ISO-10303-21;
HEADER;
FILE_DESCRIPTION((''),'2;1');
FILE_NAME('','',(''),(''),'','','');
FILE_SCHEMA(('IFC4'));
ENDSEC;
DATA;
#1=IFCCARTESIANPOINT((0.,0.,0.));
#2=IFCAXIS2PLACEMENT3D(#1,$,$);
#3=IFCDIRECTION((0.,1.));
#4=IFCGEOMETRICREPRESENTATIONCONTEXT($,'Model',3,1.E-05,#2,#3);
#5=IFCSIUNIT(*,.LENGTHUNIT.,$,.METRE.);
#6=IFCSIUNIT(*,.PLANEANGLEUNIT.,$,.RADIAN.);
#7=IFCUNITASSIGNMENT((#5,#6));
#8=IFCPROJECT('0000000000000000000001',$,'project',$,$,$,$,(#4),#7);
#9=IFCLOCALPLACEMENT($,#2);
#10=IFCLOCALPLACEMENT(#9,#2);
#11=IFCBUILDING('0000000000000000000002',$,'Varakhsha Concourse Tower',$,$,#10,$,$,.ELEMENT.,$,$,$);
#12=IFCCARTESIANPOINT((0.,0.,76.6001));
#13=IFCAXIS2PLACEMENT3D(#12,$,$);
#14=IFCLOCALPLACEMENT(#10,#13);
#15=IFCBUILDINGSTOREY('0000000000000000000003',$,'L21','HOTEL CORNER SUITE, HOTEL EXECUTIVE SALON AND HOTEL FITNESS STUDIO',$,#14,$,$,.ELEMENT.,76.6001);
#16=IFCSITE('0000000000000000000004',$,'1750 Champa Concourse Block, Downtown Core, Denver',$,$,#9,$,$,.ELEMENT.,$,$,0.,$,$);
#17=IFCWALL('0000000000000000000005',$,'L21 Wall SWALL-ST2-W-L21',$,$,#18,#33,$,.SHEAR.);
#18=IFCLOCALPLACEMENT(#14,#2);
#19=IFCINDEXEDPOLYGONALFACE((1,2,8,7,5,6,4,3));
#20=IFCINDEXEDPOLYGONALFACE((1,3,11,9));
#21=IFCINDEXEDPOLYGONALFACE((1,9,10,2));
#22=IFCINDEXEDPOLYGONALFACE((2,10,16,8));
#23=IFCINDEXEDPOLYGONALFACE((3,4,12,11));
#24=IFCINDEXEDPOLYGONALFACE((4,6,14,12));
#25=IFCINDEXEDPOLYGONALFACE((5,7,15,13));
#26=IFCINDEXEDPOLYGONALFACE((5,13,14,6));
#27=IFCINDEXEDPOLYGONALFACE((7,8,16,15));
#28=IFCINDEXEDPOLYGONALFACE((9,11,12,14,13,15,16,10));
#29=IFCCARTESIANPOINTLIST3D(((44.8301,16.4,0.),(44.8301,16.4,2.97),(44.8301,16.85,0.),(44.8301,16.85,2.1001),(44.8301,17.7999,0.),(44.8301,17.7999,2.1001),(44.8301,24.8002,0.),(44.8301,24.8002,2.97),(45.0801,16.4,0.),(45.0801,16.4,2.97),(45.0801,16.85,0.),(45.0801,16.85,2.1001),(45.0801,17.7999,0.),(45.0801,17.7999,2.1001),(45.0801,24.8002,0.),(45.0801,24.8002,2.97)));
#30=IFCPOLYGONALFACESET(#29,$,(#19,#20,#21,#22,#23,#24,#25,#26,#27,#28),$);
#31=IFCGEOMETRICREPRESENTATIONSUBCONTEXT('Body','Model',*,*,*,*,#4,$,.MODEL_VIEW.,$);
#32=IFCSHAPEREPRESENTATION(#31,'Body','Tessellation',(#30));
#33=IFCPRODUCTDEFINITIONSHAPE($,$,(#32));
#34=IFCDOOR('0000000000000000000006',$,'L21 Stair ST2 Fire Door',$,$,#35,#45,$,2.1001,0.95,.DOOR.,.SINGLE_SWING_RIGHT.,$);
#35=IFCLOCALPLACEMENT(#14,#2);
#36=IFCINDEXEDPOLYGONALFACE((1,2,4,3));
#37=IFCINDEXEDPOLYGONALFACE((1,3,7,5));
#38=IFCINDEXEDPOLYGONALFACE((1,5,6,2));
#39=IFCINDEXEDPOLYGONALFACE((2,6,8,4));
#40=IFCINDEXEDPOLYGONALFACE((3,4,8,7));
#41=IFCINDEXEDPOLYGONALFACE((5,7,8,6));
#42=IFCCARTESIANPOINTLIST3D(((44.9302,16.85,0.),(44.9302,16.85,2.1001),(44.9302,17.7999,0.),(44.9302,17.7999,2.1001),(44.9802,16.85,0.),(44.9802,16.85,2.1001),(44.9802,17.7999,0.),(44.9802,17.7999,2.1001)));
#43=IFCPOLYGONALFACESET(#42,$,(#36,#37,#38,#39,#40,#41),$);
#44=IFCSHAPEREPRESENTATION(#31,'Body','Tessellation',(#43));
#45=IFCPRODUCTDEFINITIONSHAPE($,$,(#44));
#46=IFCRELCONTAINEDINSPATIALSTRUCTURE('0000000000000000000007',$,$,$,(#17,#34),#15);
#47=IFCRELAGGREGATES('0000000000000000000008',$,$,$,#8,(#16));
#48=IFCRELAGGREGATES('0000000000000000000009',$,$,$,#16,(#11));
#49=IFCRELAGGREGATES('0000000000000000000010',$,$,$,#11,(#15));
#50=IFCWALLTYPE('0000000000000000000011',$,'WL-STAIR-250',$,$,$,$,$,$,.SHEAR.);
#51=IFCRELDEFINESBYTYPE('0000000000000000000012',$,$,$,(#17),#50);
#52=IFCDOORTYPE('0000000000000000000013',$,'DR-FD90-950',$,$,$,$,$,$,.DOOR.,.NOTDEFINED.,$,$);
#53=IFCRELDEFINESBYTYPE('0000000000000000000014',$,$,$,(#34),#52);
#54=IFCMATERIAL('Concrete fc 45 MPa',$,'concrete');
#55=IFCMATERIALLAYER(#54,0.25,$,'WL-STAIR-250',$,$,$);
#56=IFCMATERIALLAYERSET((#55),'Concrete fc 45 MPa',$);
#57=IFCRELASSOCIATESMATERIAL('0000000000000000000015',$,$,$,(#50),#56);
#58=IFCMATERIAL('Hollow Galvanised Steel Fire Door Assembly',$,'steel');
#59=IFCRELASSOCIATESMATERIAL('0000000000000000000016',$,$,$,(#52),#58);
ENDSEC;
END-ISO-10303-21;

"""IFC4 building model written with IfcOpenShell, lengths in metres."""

from ifc_helpers import new_model, si_unit, direction, frame, frame_2d, origin, place, context, subcontext, project, spatial, rectangle, extrude, material, layer, layer_set, type_object, element, fill, save


model = new_model("IFC4")

# Units and contexts
model_context = context("Model", 3, precision=1e-05, world=origin(), true_north=direction((0.0, 1.0)))
body_context = subcontext(model_context, "Body", "Model", "MODEL_VIEW")
ifc_project = project(units=[si_unit("LENGTHUNIT", "METRE"), si_unit("PLANEANGLEUNIT", "RADIAN")], contexts=[model_context])

# Site, building, storey
site_placement = place(None, origin())
site = spatial("IfcSite", under=ifc_project, at=site_placement, Name="1750 Champa Concourse Block, Downtown Core, Denver", CompositionType="ELEMENT", RefElevation=0.0)
building_placement = place(site_placement, origin())
building = spatial("IfcBuilding", under=site, at=building_placement, Name="Varakhsha Concourse Tower", CompositionType="ELEMENT")
storey_placement = place(building_placement, frame((0.0, 0.0, 76.6001)))
storey = spatial("IfcBuildingStorey", under=building, at=storey_placement, Name="L21", Description="HOTEL CORNER SUITE, HOTEL EXECUTIVE SALON AND HOTEL FITNESS STUDIO", CompositionType="ELEMENT", Elevation=76.6001)

# Shared definitions
ifc_material_1 = material(Name="Hollow Galvanised Steel Fire Door Assembly", Category="steel")

# Wall, opening, door
ifc_material_2 = material(Name="Concrete fc 45 MPa", Category="concrete")
ifc_layer_1 = layer(ifc_material_2, 0.25, Name="WL-STAIR-250")
ifc_layer_set_1 = layer_set([ifc_layer_1], Name="Concrete fc 45 MPa")
wall_type_1 = type_object("IfcWallType", Name="WL-STAIR-250", PredefinedType="SHEAR", material=ifc_layer_set_1)
wall_1_placement = place(storey_placement, frame((44.9551, 16.3999, 0.0), z_axis=(0.0, 0.0, 1.0), x_axis=(0.0, 1.0, 0.0)))
wall_1 = element("IfcWall", 1, at=wall_1_placement, inside=storey, type_object=wall_type_1, Name="L21 Wall SWALL-ST2-W-L21", PredefinedType="SHEAR", context=body_context, shape_type="SweptSolid", body=[
    extrude(rectangle(XDim=8.4001, YDim=0.25, at=frame_2d((4.2002, 0.0))), origin(), (0.0, 0.0, 1.0), 2.97),
])
opening_1_placement = place(wall_1_placement, frame((0.45, 0.0, 0.0)))
opening_1 = element("IfcOpeningElement", 2, at=opening_1_placement, cuts=wall_1, PredefinedType="OPENING", context=body_context, shape_type="SweptSolid", body=[
    extrude(rectangle(XDim=0.95, YDim=2.1001, at=frame_2d((0.4751, 1.05))), frame((0.0, 0.135, 0.0), z_axis=(0.0, -1.0, 0.0), x_axis=(1.0, 0.0, 0.0)), (0.0, 0.0, 1.0), 0.27),
])
door_type_1 = type_object("IfcDoorType", Name="DR-FD90-950", OperationType="NOTDEFINED", PredefinedType="DOOR", material=ifc_material_1)
door_1_placement = place(opening_1_placement, origin())
door_1 = element("IfcDoor", 3, at=door_1_placement, inside=storey, type_object=door_type_1, Name="L21 Stair ST2 Fire Door", OperationType="SINGLE_SWING_RIGHT", OverallHeight=2.1001, OverallWidth=0.95, PredefinedType="DOOR", context=body_context, shape_type="SweptSolid", body=[
    extrude(rectangle(XDim=0.95, YDim=2.1001, at=frame_2d((0.4751, 1.05))), frame((0.0, 0.0249, 0.0), z_axis=(0.0, -1.0, 0.0), x_axis=(1.0, 0.0, 0.0)), (0.0, 0.0, 1.0), 0.05),
])
fill(opening_1, door_1)

save(model, "model.ifc")
